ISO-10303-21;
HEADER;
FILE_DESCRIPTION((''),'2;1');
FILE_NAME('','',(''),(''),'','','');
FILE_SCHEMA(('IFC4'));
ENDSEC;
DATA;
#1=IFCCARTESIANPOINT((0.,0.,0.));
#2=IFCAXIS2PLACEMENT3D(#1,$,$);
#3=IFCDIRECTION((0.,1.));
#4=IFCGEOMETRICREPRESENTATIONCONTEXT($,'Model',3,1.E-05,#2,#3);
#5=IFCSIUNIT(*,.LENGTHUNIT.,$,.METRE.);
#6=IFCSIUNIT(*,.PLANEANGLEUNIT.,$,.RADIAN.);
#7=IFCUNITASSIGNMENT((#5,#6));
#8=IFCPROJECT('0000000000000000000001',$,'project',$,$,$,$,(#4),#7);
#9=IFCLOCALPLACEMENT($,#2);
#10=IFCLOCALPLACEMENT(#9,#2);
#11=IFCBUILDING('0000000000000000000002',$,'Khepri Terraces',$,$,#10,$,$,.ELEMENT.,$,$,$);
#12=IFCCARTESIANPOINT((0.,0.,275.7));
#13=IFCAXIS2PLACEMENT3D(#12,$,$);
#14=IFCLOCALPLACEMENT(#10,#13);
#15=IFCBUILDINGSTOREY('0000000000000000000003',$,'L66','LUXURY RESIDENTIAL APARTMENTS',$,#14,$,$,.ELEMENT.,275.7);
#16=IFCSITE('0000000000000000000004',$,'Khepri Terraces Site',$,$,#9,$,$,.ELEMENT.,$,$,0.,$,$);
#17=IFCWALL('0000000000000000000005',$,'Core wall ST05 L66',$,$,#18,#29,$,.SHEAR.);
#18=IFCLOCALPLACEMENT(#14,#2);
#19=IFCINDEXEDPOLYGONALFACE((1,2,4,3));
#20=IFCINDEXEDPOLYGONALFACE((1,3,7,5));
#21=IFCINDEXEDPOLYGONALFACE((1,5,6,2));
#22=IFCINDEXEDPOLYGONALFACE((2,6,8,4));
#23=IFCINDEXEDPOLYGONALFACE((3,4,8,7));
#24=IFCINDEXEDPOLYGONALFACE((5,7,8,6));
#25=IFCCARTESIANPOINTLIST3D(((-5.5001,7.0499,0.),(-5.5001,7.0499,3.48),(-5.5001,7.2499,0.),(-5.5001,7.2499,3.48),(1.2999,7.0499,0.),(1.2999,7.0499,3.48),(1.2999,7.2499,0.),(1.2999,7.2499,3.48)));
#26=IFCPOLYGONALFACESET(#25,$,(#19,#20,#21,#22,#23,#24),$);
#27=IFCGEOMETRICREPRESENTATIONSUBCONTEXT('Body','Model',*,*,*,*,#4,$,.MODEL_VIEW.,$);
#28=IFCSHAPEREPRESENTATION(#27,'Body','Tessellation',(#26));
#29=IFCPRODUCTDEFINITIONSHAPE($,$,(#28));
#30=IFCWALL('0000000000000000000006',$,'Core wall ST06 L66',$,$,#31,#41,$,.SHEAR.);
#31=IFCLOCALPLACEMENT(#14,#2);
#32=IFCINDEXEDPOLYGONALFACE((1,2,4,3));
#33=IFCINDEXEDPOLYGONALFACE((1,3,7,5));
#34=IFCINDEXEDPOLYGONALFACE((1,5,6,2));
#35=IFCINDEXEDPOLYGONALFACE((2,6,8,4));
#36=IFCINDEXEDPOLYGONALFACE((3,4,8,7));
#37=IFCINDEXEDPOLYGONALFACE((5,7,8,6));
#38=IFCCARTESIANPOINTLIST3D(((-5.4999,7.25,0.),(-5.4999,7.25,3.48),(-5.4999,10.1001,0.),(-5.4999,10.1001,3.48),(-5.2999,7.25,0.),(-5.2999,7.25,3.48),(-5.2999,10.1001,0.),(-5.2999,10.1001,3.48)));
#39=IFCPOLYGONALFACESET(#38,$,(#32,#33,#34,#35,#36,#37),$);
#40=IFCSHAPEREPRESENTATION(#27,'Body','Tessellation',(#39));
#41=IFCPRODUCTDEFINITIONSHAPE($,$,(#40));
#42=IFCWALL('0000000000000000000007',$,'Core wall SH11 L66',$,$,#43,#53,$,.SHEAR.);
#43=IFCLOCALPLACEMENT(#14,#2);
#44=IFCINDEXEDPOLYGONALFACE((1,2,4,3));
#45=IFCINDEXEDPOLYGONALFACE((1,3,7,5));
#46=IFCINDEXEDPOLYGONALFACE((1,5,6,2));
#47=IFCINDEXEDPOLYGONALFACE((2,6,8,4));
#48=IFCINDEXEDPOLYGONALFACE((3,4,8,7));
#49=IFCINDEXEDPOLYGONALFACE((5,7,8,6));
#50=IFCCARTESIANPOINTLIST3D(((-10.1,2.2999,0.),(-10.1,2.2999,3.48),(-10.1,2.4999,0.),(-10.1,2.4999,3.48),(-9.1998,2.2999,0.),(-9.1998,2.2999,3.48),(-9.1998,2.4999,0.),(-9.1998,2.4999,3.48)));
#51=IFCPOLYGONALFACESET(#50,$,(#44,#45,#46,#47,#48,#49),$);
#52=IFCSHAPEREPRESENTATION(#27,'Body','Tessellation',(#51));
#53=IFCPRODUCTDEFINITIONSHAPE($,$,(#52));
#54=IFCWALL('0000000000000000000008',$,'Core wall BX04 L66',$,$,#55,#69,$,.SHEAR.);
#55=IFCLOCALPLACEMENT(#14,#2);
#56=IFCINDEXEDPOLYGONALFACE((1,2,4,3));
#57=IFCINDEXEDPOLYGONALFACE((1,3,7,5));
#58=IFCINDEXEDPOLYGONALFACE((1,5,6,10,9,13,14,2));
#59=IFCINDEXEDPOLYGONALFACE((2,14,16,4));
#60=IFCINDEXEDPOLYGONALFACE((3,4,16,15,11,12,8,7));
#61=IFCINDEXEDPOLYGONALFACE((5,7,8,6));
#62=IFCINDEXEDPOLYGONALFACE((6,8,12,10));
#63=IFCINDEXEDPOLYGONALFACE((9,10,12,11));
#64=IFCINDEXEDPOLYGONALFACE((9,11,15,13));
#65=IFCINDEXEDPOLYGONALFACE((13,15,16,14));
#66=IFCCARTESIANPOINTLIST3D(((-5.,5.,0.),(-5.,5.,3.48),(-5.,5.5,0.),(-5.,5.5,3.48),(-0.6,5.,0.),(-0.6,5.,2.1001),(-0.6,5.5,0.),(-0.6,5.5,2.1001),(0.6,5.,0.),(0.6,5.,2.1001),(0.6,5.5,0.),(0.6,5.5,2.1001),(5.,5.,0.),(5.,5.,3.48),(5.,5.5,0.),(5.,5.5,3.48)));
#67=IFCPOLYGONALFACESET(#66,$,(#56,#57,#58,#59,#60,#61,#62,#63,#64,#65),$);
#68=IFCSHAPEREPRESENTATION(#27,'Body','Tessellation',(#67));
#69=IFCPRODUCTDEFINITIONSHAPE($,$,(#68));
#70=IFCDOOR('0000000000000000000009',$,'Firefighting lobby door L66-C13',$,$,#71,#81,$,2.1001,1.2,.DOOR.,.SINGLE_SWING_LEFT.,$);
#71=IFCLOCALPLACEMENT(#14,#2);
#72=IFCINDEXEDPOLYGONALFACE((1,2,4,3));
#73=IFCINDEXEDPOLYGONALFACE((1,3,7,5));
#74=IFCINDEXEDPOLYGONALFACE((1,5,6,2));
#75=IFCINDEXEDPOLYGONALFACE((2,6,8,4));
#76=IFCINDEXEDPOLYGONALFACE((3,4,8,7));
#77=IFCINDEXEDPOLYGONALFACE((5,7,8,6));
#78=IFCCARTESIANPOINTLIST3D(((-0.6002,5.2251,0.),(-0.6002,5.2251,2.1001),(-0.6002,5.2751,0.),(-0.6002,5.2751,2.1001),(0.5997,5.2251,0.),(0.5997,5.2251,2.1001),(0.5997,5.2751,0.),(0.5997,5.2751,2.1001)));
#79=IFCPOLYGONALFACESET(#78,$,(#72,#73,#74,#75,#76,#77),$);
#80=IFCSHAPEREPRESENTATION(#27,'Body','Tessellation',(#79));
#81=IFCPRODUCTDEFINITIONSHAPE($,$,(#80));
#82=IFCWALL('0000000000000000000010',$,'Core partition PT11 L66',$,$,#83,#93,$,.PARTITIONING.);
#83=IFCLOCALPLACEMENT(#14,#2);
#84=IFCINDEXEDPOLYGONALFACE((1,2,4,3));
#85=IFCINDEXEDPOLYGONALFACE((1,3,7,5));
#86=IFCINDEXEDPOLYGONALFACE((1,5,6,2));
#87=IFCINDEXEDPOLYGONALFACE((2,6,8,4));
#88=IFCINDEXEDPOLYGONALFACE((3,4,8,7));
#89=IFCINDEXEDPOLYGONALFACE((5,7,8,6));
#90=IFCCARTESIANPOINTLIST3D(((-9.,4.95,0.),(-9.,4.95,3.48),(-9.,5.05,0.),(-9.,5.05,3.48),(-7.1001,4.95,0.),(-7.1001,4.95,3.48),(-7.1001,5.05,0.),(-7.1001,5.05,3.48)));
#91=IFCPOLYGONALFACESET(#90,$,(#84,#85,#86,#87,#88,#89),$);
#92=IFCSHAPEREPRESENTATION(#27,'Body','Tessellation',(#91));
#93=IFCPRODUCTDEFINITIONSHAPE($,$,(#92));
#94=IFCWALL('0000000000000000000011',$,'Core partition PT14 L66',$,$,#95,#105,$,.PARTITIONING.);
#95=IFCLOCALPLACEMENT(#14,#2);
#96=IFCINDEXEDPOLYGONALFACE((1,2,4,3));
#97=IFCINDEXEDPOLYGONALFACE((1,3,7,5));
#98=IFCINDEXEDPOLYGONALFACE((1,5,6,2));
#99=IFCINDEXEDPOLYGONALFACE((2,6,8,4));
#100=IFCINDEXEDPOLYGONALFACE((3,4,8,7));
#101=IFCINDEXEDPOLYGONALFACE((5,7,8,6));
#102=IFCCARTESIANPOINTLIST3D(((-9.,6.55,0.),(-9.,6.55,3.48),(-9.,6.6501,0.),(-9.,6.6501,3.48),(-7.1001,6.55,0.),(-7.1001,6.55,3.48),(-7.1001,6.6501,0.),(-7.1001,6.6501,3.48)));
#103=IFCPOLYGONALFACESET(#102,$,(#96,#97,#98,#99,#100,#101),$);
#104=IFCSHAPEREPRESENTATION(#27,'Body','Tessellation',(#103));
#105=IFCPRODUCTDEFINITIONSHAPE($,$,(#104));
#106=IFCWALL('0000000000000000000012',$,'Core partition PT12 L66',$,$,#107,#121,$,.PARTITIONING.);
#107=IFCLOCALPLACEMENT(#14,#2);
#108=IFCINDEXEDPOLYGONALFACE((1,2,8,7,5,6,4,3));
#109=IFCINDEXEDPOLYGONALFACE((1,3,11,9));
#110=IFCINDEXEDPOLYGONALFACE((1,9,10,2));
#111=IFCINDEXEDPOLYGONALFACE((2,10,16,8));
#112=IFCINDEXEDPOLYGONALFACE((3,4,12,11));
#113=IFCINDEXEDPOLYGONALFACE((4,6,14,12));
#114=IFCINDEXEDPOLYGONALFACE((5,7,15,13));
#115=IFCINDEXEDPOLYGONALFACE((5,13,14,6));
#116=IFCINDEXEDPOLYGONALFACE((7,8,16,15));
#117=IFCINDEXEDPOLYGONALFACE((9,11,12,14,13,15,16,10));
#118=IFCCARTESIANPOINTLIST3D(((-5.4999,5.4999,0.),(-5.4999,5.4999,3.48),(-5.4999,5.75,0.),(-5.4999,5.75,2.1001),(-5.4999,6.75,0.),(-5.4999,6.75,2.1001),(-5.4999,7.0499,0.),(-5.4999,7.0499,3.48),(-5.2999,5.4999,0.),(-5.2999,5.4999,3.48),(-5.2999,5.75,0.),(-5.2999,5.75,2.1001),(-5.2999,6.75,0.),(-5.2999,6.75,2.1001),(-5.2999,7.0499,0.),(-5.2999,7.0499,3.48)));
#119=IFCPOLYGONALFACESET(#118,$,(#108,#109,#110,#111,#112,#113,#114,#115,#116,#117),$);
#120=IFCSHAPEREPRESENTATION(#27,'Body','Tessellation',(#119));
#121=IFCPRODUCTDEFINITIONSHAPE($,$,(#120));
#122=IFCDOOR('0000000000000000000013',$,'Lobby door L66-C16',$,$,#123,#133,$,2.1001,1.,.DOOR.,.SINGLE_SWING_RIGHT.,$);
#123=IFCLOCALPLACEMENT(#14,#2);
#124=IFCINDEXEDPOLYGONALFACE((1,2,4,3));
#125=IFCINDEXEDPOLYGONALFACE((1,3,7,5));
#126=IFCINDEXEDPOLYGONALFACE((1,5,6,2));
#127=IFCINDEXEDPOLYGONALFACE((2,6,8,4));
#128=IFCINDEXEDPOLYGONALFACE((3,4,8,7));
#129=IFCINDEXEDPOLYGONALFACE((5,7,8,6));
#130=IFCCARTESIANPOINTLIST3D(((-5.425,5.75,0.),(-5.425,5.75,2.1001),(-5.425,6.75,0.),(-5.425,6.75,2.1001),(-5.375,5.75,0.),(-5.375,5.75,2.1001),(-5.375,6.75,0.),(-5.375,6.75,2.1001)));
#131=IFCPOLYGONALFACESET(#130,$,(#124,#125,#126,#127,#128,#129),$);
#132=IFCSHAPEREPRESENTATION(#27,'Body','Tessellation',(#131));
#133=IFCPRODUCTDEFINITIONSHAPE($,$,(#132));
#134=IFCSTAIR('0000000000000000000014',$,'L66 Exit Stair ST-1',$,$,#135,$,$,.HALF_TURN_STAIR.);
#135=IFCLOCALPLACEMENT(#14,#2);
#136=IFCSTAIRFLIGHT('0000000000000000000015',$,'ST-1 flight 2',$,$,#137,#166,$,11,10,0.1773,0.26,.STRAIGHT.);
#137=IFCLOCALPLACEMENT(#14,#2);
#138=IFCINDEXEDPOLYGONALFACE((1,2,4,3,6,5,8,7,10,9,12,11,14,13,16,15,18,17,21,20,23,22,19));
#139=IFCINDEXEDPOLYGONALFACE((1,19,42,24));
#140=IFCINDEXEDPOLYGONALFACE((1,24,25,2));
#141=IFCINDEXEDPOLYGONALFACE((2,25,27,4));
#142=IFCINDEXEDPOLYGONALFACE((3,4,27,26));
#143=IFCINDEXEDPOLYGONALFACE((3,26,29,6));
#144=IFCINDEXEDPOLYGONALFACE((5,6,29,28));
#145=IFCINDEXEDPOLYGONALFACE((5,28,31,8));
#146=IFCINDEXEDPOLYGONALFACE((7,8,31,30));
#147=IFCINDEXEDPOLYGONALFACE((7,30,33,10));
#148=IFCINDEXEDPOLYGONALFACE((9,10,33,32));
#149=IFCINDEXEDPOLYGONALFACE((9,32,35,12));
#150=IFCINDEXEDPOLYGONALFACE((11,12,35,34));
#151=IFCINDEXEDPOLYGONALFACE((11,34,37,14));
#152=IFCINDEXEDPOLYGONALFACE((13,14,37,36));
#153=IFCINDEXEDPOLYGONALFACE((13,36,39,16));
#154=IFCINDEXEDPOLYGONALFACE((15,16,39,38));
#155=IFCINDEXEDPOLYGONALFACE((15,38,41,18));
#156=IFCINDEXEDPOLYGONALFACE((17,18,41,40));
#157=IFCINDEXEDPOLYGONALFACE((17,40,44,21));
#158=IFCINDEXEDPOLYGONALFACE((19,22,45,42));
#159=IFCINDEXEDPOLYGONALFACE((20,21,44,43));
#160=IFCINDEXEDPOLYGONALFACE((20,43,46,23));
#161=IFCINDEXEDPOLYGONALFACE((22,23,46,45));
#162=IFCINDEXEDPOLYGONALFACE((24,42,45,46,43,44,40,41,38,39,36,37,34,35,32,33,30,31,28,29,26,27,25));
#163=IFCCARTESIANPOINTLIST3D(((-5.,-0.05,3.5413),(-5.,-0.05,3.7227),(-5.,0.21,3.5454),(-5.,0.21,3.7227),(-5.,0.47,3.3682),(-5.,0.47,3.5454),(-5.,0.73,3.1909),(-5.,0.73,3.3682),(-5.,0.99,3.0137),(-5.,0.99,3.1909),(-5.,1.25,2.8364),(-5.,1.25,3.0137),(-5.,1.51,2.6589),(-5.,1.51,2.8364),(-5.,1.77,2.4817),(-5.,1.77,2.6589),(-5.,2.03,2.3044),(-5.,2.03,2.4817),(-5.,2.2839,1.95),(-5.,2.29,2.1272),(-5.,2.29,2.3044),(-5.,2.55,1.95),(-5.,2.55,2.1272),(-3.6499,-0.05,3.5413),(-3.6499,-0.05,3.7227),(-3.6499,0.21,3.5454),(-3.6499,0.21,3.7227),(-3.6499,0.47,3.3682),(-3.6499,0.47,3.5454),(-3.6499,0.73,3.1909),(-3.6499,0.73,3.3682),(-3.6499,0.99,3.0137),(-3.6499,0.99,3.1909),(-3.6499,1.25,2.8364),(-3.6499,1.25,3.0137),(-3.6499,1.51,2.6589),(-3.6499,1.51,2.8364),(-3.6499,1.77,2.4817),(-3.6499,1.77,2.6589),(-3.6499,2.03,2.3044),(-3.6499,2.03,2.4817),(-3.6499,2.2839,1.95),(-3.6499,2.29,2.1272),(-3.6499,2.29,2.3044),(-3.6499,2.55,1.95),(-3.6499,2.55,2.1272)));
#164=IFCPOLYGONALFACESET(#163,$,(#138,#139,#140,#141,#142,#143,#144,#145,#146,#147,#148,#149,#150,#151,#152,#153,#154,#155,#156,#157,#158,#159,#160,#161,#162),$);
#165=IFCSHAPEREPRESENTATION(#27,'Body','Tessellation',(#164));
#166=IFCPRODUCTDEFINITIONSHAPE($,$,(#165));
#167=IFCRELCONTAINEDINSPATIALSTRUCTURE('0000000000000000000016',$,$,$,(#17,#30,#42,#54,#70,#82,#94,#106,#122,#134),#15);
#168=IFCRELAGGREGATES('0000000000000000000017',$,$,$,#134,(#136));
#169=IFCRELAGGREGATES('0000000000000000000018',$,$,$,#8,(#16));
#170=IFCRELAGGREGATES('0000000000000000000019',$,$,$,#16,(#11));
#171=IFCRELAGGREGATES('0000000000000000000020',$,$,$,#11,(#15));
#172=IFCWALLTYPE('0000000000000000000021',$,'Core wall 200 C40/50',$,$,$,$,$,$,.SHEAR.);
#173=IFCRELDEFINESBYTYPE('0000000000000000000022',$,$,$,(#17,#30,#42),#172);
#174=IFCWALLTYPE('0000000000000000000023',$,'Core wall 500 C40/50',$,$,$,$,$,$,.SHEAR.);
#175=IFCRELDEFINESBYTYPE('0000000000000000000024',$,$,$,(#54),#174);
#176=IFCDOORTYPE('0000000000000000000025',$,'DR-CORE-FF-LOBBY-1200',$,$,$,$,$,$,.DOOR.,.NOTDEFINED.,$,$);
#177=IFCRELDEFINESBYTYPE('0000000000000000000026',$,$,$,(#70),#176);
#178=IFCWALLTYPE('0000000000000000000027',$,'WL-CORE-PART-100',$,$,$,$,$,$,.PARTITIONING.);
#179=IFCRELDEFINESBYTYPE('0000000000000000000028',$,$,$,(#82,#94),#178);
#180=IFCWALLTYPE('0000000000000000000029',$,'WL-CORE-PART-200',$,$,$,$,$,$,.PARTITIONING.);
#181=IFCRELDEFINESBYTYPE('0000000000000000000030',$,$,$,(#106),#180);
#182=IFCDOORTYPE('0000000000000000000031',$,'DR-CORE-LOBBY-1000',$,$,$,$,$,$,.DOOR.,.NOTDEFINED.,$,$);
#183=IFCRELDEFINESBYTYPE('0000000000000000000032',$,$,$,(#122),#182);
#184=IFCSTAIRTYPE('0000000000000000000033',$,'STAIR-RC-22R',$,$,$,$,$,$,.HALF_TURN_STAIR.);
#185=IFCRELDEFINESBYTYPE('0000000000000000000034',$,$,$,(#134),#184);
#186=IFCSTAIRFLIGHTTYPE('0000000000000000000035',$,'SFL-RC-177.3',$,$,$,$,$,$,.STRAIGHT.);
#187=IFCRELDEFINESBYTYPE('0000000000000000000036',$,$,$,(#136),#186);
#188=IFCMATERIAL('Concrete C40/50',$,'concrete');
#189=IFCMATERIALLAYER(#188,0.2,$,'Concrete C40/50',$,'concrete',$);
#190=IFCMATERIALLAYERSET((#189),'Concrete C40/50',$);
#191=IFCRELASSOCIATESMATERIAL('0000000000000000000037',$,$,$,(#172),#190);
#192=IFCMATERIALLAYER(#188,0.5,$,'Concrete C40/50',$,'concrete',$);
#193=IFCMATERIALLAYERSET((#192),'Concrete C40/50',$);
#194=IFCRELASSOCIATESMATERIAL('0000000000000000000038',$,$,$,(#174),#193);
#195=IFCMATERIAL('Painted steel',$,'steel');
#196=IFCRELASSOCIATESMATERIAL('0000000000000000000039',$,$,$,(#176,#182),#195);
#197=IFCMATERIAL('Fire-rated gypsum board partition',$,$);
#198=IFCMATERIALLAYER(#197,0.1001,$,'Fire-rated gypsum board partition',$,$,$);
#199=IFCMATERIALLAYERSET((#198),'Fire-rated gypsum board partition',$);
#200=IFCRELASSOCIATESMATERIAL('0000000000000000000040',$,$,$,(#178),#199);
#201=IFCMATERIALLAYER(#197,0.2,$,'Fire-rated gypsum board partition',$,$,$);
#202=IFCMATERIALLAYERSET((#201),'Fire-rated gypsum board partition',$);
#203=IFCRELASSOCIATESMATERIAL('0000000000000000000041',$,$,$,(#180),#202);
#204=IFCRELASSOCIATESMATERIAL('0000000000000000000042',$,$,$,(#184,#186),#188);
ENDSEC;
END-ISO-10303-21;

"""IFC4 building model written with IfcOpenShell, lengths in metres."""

from ifc_helpers import new_model, si_unit, direction, frame, frame_2d, origin, place, context, subcontext, project, spatial, polyline, rectangle, outline, extrude, material, layer, layer_set, type_object, element, fill, aggregate, save


model = new_model("IFC4")

# Units and contexts
model_context = context("Model", 3, precision=1e-05, world=origin(), true_north=direction((0.0, 1.0)))
body_context = subcontext(model_context, "Body", "Model", "MODEL_VIEW")
ifc_project = project(units=[si_unit("LENGTHUNIT", "METRE"), si_unit("PLANEANGLEUNIT", "RADIAN")], contexts=[model_context])

# Site, building, storey
site_placement = place(None, origin())
site = spatial("IfcSite", under=ifc_project, at=site_placement, Name="Khepri Terraces Site", CompositionType="ELEMENT", RefElevation=0.0)
building_placement = place(site_placement, origin())
building = spatial("IfcBuilding", under=site, at=building_placement, Name="Khepri Terraces", CompositionType="ELEMENT")
storey_placement = place(building_placement, frame((0.0, 0.0, 275.7)))
storey = spatial("IfcBuildingStorey", under=building, at=storey_placement, Name="L66", Description="LUXURY RESIDENTIAL APARTMENTS", CompositionType="ELEMENT", Elevation=275.7)

# Walls
ifc_material_1 = material(Name="Concrete C40/50", Category="concrete")
ifc_layer_1 = layer(ifc_material_1, 0.2, Name="Concrete C40/50", Category="concrete")
ifc_layer_set_1 = layer_set([ifc_layer_1], Name="Concrete C40/50")
wall_type_1 = type_object("IfcWallType", Name="Core wall 200 C40/50", PredefinedType="SHEAR", material=ifc_layer_set_1)
wall_1_placement = place(storey_placement, frame((-5.5, 7.1499, 0.0), z_axis=(0.0, 0.0, 1.0), x_axis=(1.0, 0.0, 0.0)))
element("IfcWall", 1, at=wall_1_placement, inside=storey, type_object=wall_type_1, Name="Core wall ST05 L66", PredefinedType="SHEAR", context=body_context, shape_type="SweptSolid", body=[
    extrude(rectangle(XDim=6.8, YDim=0.2, at=frame_2d((3.3999, 0.0))), origin(), (0.0, 0.0, 1.0), 3.48),
])
wall_2_placement = place(storey_placement, frame((-5.3999, 7.25, 0.0), z_axis=(0.0, 0.0, 1.0), x_axis=(0.0, 1.0, 0.0)))
element("IfcWall", 2, at=wall_2_placement, inside=storey, type_object=wall_type_1, Name="Core wall ST06 L66", PredefinedType="SHEAR", context=body_context, shape_type="SweptSolid", body=[
    extrude(rectangle(XDim=2.8501, YDim=0.2, at=frame_2d((1.425, 0.0))), origin(), (0.0, 0.0, 1.0), 3.48),
])
wall_3_placement = place(storey_placement, frame((-10.1001, 2.3999, 0.0), z_axis=(0.0, 0.0, 1.0), x_axis=(1.0, 0.0, 0.0)))
element("IfcWall", 3, at=wall_3_placement, inside=storey, type_object=wall_type_1, Name="Core wall SH11 L66", PredefinedType="SHEAR", context=body_context, shape_type="SweptSolid", body=[
    extrude(rectangle(XDim=0.9001, YDim=0.2, at=frame_2d((0.4502, 0.0))), origin(), (0.0, 0.0, 1.0), 3.48),
])

# Wall, opening, door
ifc_layer_2 = layer(ifc_material_1, 0.5, Name="Concrete C40/50", Category="concrete")
ifc_layer_set_2 = layer_set([ifc_layer_2], Name="Concrete C40/50")
wall_type_2 = type_object("IfcWallType", Name="Core wall 500 C40/50", PredefinedType="SHEAR", material=ifc_layer_set_2)
wall_4_placement = place(storey_placement, frame((-5.0, 5.25, 0.0), z_axis=(0.0, 0.0, 1.0), x_axis=(1.0, 0.0, 0.0)))
wall_4 = element("IfcWall", 4, at=wall_4_placement, inside=storey, type_object=wall_type_2, Name="Core wall BX04 L66", PredefinedType="SHEAR", context=body_context, shape_type="SweptSolid", body=[
    extrude(rectangle(XDim=10.0, YDim=0.5, at=frame_2d((5.0, 0.0))), origin(), (0.0, 0.0, 1.0), 3.48),
])
opening_1_placement = place(wall_4_placement, frame((4.3999, 0.0, 0.0)))
opening_1 = element("IfcOpeningElement", 5, at=opening_1_placement, cuts=wall_4, PredefinedType="OPENING", context=body_context, shape_type="SweptSolid", body=[
    extrude(rectangle(XDim=1.2, YDim=2.1001, at=frame_2d((0.6001, 1.05))), frame((0.0, 0.26, 0.0), z_axis=(0.0, -1.0, 0.0), x_axis=(1.0, 0.0, 0.0)), (0.0, 0.0, 1.0), 0.52),
])
ifc_material_2 = material(Name="Painted steel", Category="steel")
door_type_1 = type_object("IfcDoorType", Name="DR-CORE-FF-LOBBY-1200", OperationType="NOTDEFINED", PredefinedType="DOOR", material=ifc_material_2)
door_1_placement = place(opening_1_placement, frame((1.2, 0.0, 0.0), z_axis=(0.0, 0.0, 1.0), x_axis=(-1.0, 0.0, 0.0)))
door_1 = element("IfcDoor", 6, at=door_1_placement, inside=storey, type_object=door_type_1, Name="Firefighting lobby door L66-C13", OperationType="SINGLE_SWING_LEFT", OverallHeight=2.1001, OverallWidth=1.2, PredefinedType="DOOR", context=body_context, shape_type="SweptSolid", body=[
    extrude(rectangle(XDim=1.2, YDim=2.1001, at=frame_2d((0.6001, 1.05))), frame((0.0, 0.0249, 0.0), z_axis=(0.0, -1.0, 0.0), x_axis=(1.0, 0.0, 0.0)), (0.0, 0.0, 1.0), 0.05),
])
fill(opening_1, door_1)

# Walls
ifc_material_3 = material(Name="Fire-rated gypsum board partition")
ifc_layer_3 = layer(ifc_material_3, 0.1001, Name="Fire-rated gypsum board partition")
ifc_layer_set_3 = layer_set([ifc_layer_3], Name="Fire-rated gypsum board partition")
wall_type_3 = type_object("IfcWallType", Name="WL-CORE-PART-100", PredefinedType="PARTITIONING", material=ifc_layer_set_3)
for number, where, z_axis, x_axis, name in (
    (7, (-9.0, 5.0, 0.0), (0.0, 0.0, 1.0), (1.0, 0.0, 0.0), "Core partition PT11 L66"),
    (8, (-9.0, 6.6001, 0.0), (0.0, 0.0, 1.0), (1.0, 0.0, 0.0), "Core partition PT14 L66"),
):
    element("IfcWall", number, at=place(storey_placement, frame(where, z_axis=z_axis, x_axis=x_axis)), inside=storey, type_object=wall_type_3, Name=name, PredefinedType="PARTITIONING", context=body_context, shape_type="SweptSolid", body=[
        extrude(rectangle(XDim=1.8999, YDim=0.1001, at=frame_2d((0.95, 0.0))), origin(), (0.0, 0.0, 1.0), 3.48),
    ])

# Wall, opening, door
ifc_layer_4 = layer(ifc_material_3, 0.2, Name="Fire-rated gypsum board partition")
ifc_layer_set_4 = layer_set([ifc_layer_4], Name="Fire-rated gypsum board partition")
wall_type_4 = type_object("IfcWallType", Name="WL-CORE-PART-200", PredefinedType="PARTITIONING", material=ifc_layer_set_4)
wall_5_placement = place(storey_placement, frame((-5.3999, 5.5, 0.0), z_axis=(0.0, 0.0, 1.0), x_axis=(0.0, 1.0, 0.0)))
wall_5 = element("IfcWall", 9, at=wall_5_placement, inside=storey, type_object=wall_type_4, Name="Core partition PT12 L66", PredefinedType="PARTITIONING", context=body_context, shape_type="SweptSolid", body=[
    extrude(rectangle(XDim=1.55, YDim=0.2, at=frame_2d((0.7749, 0.0))), origin(), (0.0, 0.0, 1.0), 3.48),
])
opening_2_placement = place(wall_5_placement, frame((0.25, 0.0, 0.0)))
opening_2 = element("IfcOpeningElement", 10, at=opening_2_placement, cuts=wall_5, PredefinedType="OPENING", context=body_context, shape_type="SweptSolid", body=[
    extrude(rectangle(XDim=1.0, YDim=2.1001, at=frame_2d((0.5, 1.05))), frame((0.0, 0.1099, 0.0), z_axis=(0.0, -1.0, 0.0), x_axis=(1.0, 0.0, 0.0)), (0.0, 0.0, 1.0), 0.22),
])
door_type_2 = type_object("IfcDoorType", Name="DR-CORE-LOBBY-1000", OperationType="NOTDEFINED", PredefinedType="DOOR", material=ifc_material_2)
door_2_placement = place(opening_2_placement, frame((1.0, 0.0, 0.0), z_axis=(0.0, 0.0, 1.0), x_axis=(-1.0, 0.0, 0.0)))
door_2 = element("IfcDoor", 11, at=door_2_placement, inside=storey, type_object=door_type_2, Name="Lobby door L66-C16", OperationType="SINGLE_SWING_RIGHT", OverallHeight=2.1001, OverallWidth=1.0, PredefinedType="DOOR", context=body_context, shape_type="SweptSolid", body=[
    extrude(rectangle(XDim=1.0, YDim=2.1001, at=frame_2d((0.5, 1.05))), frame((0.0, 0.0249, 0.0), z_axis=(0.0, -1.0, 0.0), x_axis=(1.0, 0.0, 0.0)), (0.0, 0.0, 1.0), 0.05),
])
fill(opening_2, door_2)

# Stair, stair flight
stair_type = type_object("IfcStairType", Name="STAIR-RC-22R", PredefinedType="HALF_TURN_STAIR", material=ifc_material_1)
stair_1_placement = place(storey_placement, origin())
stair_1 = element("IfcStair", 12, at=stair_1_placement, inside=storey, type_object=stair_type, Name="L66 Exit Stair ST-1", PredefinedType="HALF_TURN_STAIR")
stair_flight_type = type_object("IfcStairFlightType", Name="SFL-RC-177.3", PredefinedType="STRAIGHT", material=ifc_material_1)
stair_flight_1_placement = place(storey_placement, frame((-4.325, 2.55, 1.95), z_axis=(0.0, 0.0, 1.0), x_axis=(0.0, -1.0, 0.0)))
stair_flight_1 = element("IfcStairFlight", 13, at=stair_flight_1_placement, type_object=stair_flight_type, Name="ST-1 flight 2", NumberOfRisers=11, NumberOfTreads=10, PredefinedType="STRAIGHT", RiserHeight=0.1773, TreadLength=0.26, context=body_context, shape_type="SweptSolid", body=[
    extrude(outline(polyline([(0.0, 0.0), (0.0, 0.1772), (0.26, 0.1772), (0.26, 0.3545), (0.52, 0.3545), (0.52, 0.5317), (0.78, 0.5317), (0.78, 0.709), (1.04, 0.709), (1.04, 0.8865), (1.3, 0.8865), (1.3, 1.0637), (1.5601, 1.0637), (1.5601, 1.241), (1.8201, 1.241), (1.8201, 1.4182), (2.0801, 1.4182), (2.0801, 1.5955), (2.3401, 1.5955), (2.3401, 1.7727), (2.6001, 1.7727), (2.6001, 1.95), (2.6001, 1.5913), (0.2661, 0.0), (0.0, 0.0)])), frame((0.0, 0.675, 0.0), z_axis=(0.0, -1.0, 0.0), x_axis=(1.0, 0.0, 0.0)), (0.0, 0.0, 1.0), 1.3501),
])
aggregate(stair_1, [stair_flight_1])

save(model, "model.ifc")
